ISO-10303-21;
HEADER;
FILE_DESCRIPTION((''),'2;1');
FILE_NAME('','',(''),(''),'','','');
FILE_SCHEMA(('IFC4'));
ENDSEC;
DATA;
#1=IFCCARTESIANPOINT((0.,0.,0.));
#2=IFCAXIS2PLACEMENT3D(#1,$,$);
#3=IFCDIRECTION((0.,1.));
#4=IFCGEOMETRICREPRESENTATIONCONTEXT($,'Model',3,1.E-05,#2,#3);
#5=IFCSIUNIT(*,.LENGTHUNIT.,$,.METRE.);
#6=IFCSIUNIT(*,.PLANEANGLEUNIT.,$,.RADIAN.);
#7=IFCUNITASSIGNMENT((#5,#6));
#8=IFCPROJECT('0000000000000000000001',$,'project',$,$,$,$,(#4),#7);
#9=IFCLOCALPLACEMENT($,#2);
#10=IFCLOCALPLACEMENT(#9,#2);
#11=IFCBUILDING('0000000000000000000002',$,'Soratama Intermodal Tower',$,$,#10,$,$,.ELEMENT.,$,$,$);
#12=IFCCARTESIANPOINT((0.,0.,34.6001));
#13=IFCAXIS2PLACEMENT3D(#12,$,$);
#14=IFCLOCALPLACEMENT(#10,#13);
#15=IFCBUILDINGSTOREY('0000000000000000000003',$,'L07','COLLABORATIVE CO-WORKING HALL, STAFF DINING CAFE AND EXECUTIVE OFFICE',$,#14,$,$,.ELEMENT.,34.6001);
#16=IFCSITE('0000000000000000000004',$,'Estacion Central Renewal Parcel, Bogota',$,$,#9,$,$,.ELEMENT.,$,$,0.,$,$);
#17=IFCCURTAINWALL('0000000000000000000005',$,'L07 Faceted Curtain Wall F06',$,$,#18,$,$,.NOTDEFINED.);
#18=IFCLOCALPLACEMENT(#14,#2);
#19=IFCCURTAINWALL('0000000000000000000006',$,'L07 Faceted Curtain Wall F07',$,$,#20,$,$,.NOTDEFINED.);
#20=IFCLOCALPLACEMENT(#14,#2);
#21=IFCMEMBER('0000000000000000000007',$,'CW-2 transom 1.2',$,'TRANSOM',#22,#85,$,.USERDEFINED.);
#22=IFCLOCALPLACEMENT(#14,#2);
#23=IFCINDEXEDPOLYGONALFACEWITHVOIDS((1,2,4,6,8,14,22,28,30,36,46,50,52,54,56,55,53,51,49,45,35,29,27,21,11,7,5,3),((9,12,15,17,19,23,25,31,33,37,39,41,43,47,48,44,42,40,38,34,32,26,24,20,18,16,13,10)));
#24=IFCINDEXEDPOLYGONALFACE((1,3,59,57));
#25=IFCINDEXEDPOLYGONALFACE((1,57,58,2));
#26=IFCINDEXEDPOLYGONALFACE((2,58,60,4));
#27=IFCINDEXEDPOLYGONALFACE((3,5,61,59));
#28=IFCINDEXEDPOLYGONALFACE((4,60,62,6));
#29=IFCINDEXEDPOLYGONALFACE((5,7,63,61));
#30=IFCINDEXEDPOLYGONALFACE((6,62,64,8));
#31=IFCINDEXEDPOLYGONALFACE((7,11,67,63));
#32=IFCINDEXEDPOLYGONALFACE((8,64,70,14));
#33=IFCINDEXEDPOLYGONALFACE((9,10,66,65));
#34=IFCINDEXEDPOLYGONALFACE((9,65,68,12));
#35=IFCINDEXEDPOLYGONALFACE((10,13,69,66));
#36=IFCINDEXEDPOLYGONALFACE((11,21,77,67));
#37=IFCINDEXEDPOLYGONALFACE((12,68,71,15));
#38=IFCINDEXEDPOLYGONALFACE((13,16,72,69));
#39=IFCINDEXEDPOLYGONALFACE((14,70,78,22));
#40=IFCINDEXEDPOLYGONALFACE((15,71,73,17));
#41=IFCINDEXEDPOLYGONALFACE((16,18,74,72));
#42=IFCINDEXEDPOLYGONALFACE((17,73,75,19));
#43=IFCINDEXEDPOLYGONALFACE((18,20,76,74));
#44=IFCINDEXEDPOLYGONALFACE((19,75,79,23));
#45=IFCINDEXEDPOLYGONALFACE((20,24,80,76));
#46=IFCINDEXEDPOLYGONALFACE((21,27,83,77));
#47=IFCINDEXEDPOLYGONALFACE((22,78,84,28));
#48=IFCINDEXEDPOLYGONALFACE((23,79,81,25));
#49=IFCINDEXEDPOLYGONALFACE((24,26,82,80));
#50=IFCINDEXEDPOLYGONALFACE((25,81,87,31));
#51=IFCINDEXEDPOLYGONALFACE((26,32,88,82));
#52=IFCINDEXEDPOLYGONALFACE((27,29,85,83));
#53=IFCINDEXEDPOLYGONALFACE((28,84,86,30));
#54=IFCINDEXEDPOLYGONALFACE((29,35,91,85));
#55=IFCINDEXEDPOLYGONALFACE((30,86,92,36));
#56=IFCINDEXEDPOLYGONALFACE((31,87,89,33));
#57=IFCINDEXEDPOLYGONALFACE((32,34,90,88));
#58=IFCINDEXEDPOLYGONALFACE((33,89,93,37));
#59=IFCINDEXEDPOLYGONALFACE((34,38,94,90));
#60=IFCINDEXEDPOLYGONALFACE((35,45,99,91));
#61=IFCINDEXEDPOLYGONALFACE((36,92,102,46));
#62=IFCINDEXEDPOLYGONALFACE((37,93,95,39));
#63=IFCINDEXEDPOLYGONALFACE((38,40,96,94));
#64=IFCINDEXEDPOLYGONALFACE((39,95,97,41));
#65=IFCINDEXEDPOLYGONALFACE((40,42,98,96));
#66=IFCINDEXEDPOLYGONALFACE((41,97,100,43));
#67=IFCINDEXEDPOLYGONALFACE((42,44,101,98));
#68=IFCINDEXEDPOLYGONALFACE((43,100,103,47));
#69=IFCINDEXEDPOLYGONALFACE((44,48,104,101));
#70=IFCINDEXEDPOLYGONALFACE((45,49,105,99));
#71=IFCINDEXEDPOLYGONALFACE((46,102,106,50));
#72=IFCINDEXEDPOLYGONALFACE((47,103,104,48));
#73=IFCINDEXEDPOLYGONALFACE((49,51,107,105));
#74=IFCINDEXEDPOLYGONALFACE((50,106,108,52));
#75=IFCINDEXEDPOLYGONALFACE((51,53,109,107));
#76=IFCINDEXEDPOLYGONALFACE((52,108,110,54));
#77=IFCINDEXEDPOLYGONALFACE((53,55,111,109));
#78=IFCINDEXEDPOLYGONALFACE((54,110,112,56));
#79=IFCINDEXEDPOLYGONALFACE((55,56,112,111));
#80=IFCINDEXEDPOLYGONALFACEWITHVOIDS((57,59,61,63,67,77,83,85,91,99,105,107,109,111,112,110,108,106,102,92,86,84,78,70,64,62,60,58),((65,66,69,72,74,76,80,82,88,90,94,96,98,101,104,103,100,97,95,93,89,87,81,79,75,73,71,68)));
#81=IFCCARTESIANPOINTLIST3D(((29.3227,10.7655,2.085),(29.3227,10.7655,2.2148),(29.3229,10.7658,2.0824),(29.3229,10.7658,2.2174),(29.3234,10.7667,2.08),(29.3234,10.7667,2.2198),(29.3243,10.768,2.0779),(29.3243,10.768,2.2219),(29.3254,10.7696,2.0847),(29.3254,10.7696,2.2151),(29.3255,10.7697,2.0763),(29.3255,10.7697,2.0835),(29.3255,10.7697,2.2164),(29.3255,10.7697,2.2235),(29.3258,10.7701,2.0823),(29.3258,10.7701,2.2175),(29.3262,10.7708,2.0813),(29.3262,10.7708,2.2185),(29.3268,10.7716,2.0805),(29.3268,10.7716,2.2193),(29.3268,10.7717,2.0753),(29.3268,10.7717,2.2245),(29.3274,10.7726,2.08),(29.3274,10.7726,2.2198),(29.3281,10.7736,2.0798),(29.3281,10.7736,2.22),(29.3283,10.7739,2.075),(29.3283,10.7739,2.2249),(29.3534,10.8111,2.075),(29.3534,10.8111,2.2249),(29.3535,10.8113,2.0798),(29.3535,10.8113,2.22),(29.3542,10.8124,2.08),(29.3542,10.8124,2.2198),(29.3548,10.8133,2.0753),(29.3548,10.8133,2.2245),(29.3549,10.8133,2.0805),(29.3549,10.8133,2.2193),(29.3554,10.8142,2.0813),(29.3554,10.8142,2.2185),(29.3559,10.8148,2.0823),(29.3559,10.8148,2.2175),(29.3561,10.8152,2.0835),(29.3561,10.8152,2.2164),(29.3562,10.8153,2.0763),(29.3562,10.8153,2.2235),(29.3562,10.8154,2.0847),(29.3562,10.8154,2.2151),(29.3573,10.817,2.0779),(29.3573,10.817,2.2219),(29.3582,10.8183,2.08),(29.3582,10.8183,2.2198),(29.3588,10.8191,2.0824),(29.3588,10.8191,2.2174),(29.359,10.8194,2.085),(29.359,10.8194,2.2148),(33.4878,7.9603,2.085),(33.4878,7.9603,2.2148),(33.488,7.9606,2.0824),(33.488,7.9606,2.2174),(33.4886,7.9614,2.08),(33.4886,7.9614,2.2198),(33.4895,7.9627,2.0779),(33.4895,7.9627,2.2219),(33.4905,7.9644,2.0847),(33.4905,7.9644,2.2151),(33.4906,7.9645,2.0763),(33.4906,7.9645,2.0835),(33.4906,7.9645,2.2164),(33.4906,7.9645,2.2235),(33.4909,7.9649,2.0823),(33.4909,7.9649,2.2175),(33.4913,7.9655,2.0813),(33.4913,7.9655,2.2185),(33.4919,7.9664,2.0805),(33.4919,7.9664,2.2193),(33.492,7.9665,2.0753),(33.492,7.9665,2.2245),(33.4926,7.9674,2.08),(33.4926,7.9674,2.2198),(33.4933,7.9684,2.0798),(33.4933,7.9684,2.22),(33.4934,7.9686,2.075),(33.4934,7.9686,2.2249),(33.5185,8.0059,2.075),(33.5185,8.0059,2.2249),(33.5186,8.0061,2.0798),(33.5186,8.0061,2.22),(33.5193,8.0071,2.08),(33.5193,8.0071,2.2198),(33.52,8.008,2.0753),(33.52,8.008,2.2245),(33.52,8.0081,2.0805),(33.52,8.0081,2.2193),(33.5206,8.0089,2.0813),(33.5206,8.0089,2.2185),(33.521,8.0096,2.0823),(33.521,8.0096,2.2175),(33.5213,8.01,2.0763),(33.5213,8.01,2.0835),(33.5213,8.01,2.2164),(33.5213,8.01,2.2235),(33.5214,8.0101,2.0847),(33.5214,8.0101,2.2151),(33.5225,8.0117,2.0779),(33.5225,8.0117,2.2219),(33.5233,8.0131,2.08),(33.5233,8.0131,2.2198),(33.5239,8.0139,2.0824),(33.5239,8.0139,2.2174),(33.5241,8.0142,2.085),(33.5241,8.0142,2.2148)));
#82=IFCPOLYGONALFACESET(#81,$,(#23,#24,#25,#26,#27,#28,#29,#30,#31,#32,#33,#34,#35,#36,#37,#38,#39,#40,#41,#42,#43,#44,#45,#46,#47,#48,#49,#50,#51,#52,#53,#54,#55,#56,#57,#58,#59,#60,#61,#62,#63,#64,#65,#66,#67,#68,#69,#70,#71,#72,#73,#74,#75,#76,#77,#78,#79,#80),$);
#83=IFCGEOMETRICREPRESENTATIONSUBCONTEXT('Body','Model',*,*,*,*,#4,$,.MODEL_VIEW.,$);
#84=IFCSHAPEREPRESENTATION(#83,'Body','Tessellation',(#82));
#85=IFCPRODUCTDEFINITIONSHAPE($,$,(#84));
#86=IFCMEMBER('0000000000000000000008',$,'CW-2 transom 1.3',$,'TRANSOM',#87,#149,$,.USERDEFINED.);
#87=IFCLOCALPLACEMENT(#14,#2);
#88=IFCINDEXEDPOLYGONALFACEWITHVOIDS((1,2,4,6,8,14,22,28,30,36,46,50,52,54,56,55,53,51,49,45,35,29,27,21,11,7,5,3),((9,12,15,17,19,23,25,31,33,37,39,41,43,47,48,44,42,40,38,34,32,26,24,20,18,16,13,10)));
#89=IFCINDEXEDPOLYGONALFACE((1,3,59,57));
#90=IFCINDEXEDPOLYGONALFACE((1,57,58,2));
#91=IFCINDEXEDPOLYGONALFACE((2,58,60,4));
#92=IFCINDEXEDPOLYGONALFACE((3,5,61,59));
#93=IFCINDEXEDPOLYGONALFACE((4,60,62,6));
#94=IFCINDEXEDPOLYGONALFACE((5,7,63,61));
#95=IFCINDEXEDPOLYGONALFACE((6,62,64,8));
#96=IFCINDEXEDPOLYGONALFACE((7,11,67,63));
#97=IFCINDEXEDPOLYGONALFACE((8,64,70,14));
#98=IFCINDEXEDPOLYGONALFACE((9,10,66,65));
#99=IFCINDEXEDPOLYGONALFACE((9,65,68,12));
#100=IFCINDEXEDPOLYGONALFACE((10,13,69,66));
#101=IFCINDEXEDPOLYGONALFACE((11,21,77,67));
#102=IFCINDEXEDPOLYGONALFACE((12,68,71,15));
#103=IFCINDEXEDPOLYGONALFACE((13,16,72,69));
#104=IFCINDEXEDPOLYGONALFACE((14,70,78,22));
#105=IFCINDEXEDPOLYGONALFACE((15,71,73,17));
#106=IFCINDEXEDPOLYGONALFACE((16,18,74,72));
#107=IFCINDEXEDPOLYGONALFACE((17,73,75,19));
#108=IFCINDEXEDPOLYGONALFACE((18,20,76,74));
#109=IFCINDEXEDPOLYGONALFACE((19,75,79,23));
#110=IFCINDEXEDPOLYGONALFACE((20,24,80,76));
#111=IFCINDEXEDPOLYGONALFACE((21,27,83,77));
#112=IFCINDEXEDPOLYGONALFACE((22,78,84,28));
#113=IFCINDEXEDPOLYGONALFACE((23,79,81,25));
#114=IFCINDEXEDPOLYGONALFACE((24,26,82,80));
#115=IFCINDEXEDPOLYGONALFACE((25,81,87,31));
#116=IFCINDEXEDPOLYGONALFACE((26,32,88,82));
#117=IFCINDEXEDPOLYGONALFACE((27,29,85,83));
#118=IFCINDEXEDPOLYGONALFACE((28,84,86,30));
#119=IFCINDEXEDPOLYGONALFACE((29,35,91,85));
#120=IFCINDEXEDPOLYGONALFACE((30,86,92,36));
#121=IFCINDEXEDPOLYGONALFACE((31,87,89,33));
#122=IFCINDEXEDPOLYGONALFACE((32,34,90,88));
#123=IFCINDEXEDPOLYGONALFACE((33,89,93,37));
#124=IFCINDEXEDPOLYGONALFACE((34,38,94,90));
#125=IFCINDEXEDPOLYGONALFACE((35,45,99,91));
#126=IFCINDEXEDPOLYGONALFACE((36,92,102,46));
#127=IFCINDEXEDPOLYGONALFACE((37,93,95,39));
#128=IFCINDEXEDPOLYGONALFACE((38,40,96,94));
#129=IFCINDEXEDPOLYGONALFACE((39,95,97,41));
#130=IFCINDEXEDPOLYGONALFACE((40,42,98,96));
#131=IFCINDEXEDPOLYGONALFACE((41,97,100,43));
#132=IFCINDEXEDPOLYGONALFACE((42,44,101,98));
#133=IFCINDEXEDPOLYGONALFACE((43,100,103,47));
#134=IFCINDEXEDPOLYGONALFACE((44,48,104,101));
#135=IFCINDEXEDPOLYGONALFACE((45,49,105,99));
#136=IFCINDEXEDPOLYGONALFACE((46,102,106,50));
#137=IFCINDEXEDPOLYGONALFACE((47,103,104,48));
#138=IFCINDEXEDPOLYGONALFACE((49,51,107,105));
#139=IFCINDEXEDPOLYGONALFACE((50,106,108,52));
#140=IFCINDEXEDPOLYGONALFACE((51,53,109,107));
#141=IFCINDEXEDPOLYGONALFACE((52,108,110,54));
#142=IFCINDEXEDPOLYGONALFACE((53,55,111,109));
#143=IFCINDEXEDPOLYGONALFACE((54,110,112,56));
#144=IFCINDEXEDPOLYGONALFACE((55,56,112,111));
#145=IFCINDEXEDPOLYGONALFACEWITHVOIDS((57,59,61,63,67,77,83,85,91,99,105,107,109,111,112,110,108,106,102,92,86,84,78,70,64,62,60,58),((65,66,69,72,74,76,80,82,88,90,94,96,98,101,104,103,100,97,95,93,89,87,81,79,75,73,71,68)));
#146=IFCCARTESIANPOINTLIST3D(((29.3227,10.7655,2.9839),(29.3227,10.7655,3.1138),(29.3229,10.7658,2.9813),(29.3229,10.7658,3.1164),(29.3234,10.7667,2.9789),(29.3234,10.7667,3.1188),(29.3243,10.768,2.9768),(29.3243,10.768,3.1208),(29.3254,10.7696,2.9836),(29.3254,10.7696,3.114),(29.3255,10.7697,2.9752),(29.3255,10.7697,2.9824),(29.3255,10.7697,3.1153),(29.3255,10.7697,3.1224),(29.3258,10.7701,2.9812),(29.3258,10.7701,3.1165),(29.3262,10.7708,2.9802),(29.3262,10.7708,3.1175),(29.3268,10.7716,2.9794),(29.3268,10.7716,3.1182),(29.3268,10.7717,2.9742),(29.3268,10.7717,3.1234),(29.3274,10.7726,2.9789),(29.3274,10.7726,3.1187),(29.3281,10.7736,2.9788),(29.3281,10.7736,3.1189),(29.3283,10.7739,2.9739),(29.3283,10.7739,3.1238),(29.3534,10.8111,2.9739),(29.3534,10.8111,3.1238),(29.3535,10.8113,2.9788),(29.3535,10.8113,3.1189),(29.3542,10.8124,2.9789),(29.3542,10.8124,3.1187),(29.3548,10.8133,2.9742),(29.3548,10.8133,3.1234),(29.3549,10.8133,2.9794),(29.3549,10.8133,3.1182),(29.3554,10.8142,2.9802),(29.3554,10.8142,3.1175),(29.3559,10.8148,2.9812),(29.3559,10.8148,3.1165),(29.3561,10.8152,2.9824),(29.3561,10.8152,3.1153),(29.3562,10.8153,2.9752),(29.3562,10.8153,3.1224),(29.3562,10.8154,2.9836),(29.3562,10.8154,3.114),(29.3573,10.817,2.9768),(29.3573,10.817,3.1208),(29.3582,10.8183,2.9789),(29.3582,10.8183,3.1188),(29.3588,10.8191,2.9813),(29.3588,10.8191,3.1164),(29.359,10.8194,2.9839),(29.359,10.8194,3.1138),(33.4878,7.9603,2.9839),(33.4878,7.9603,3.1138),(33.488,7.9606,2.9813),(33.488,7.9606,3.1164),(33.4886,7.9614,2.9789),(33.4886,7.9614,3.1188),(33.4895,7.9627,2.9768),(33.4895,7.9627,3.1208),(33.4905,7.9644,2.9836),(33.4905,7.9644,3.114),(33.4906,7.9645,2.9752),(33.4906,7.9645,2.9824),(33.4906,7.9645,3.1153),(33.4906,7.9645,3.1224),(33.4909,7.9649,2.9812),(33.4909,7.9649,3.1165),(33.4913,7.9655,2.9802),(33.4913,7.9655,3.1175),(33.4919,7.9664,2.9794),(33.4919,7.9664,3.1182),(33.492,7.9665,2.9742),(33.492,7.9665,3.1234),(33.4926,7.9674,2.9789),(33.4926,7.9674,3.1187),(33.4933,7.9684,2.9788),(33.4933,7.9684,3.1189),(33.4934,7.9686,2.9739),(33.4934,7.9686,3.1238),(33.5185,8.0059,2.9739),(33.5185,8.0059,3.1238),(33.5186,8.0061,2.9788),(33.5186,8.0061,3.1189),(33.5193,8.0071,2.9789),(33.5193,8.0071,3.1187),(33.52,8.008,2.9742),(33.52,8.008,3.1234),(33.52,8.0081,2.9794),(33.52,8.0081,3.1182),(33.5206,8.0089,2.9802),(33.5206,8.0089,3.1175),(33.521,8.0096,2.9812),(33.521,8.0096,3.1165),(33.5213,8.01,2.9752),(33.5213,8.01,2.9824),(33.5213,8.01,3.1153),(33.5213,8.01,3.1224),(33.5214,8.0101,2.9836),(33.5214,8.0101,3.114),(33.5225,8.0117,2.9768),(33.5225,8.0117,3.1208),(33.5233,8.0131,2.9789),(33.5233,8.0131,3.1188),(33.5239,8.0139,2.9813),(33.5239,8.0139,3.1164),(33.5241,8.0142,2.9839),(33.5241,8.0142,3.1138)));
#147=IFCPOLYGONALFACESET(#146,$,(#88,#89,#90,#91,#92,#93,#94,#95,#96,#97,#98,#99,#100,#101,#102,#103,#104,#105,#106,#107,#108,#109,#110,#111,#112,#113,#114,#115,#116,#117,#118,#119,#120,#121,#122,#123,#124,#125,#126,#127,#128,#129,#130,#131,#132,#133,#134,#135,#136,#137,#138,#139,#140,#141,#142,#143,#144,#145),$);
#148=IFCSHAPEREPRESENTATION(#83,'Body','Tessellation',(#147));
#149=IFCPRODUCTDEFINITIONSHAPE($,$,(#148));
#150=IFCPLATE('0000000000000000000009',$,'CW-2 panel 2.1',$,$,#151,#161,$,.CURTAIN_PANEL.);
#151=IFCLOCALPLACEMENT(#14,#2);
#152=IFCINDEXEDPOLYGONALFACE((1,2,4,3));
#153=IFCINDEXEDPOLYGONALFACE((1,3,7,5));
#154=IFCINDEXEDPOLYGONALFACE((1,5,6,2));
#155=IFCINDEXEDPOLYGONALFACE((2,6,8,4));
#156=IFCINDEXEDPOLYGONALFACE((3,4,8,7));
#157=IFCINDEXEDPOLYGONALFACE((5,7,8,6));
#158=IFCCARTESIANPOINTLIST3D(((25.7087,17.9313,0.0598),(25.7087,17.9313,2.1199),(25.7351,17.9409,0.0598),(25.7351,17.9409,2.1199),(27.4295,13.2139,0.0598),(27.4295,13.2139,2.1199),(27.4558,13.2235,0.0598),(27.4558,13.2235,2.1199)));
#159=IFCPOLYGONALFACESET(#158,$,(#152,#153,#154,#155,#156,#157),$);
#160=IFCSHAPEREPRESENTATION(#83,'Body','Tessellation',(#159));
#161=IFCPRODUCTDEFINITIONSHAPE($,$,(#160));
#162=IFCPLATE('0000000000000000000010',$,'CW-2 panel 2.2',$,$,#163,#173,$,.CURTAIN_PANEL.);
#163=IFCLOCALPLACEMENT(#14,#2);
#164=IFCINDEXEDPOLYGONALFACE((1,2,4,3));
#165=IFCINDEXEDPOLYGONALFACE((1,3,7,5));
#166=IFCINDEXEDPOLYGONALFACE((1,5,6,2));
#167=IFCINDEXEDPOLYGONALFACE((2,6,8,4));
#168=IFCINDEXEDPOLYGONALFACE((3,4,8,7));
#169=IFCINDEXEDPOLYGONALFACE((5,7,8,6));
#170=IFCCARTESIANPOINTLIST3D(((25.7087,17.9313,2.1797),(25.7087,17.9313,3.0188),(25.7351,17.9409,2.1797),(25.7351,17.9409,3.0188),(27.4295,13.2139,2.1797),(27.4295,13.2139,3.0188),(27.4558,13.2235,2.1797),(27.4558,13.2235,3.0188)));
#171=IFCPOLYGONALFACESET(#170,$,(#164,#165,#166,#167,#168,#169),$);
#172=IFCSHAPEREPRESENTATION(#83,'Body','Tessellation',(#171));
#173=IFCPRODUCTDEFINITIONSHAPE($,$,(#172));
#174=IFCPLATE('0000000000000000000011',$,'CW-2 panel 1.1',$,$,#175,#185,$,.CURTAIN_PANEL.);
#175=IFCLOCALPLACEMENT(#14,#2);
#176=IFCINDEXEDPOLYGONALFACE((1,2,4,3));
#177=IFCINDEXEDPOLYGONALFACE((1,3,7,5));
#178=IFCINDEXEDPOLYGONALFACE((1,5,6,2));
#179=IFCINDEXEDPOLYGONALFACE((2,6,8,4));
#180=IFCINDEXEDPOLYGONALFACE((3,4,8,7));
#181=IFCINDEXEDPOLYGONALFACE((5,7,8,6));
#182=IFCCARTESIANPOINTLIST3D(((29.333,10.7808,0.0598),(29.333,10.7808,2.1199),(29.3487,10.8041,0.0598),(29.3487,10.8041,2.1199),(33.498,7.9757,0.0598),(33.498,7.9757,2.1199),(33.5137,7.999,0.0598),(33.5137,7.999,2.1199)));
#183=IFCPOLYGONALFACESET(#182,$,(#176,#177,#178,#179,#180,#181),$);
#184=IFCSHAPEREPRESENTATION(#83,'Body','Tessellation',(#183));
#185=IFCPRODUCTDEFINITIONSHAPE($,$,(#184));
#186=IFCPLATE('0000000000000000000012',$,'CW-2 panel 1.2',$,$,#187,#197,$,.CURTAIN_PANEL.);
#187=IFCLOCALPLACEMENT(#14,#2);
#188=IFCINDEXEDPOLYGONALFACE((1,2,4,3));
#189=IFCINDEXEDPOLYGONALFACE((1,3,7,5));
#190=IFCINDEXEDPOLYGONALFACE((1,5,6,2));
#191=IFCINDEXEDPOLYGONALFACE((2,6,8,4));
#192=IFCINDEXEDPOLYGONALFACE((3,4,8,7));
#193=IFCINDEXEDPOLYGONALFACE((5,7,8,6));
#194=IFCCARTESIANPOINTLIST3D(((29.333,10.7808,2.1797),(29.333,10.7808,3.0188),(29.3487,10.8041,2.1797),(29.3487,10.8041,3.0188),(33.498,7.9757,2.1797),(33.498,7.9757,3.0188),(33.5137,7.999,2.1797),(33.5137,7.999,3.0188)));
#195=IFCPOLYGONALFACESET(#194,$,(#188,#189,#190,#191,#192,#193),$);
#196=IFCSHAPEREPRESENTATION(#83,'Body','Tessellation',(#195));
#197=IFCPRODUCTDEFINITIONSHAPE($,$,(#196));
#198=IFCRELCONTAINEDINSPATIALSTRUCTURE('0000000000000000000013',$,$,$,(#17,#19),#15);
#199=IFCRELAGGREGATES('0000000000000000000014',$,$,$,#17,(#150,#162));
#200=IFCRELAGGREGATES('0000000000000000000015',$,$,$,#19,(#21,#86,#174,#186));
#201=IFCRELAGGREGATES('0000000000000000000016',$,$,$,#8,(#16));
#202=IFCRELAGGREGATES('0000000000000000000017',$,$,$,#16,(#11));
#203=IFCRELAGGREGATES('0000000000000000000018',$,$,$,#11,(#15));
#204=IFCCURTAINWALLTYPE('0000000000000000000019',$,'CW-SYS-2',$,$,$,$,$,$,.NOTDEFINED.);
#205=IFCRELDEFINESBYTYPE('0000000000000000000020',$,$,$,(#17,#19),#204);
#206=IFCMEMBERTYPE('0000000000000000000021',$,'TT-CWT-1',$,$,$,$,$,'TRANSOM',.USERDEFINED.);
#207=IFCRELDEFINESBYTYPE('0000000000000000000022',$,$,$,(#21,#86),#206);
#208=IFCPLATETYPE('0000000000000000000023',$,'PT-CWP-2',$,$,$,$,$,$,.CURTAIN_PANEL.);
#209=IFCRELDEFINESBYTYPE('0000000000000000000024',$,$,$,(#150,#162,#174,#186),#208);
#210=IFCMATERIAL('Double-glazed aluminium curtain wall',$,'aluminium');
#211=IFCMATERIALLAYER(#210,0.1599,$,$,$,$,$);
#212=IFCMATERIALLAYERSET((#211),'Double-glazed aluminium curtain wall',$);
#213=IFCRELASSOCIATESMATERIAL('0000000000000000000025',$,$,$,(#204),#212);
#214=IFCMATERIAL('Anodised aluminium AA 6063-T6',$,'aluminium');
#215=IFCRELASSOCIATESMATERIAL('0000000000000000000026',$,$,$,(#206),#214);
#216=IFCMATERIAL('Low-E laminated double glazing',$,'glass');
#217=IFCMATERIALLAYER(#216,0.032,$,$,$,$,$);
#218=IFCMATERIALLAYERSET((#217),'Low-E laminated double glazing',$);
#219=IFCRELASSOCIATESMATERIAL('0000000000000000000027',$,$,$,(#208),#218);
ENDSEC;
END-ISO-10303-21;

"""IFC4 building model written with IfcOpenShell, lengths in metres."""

from ifc_helpers import new_model, si_unit, direction, frame, origin, origin_2d, place, context, subcontext, project, spatial, rectangle, hollow_rectangle, extrude, material, layer, layer_set, material_profile, profile_set, type_object, element, aggregate, save


model = new_model("IFC4")

# Units and contexts
model_context = context("Model", 3, precision=1e-05, world=origin(), true_north=direction((0.0, 1.0)))
body_context = subcontext(model_context, "Body", "Model", "MODEL_VIEW")
ifc_project = project(units=[si_unit("LENGTHUNIT", "METRE"), si_unit("PLANEANGLEUNIT", "RADIAN")], contexts=[model_context])

# Site, building, storey
site_placement = place(None, origin())
site = spatial("IfcSite", under=ifc_project, at=site_placement, Name="Estacion Central Renewal Parcel, Bogota", CompositionType="ELEMENT", RefElevation=0.0)
building_placement = place(site_placement, origin())
building = spatial("IfcBuilding", under=site, at=building_placement, Name="Soratama Intermodal Tower", CompositionType="ELEMENT")
storey_placement = place(building_placement, frame((0.0, 0.0, 34.6001)))
storey = spatial("IfcBuildingStorey", under=building, at=storey_placement, Name="L07", Description="COLLABORATIVE CO-WORKING HALL, STAFF DINING CAFE AND EXECUTIVE OFFICE", CompositionType="ELEMENT", Elevation=34.6001)

# Curtain walls
ifc_material_1 = material(Name="Double-glazed aluminium curtain wall", Category="aluminium")
ifc_layer_1 = layer(ifc_material_1, 0.1599)
ifc_layer_set_1 = layer_set([ifc_layer_1], Name="Double-glazed aluminium curtain wall")
curtain_wall_type = type_object("IfcCurtainWallType", Name="CW-SYS-2", PredefinedType="NOTDEFINED", material=ifc_layer_set_1)
curtain_wall_1_placement = place(storey_placement, origin())
curtain_wall_1 = element("IfcCurtainWall", 1, at=curtain_wall_1_placement, inside=storey, type_object=curtain_wall_type, Name="L07 Faceted Curtain Wall F06", PredefinedType="NOTDEFINED")
curtain_wall_2_placement = place(storey_placement, origin())
curtain_wall_2 = element("IfcCurtainWall", 2, at=curtain_wall_2_placement, inside=storey, type_object=curtain_wall_type, Name="L07 Faceted Curtain Wall F07", PredefinedType="NOTDEFINED")

# Members
ifc_material_2 = material(Name="Anodised aluminium AA 6063-T6", Category="aluminium")
ifc_material_profile_1 = material_profile(ifc_material_2, hollow_rectangle(XDim=0.0649, YDim=0.1499, WallThickness=0.0049, InnerFilletRadius=0.0049, OuterFilletRadius=0.01, at=origin_2d()), Name="CWT150X65X5")
ifc_profile_set_1 = profile_set([ifc_material_profile_1], Name="Anodised aluminium AA 6063-T6")
member_type_1 = type_object("IfcMemberType", Name="TT-CWT-1", ElementType="TRANSOM", PredefinedType="USERDEFINED", material=ifc_profile_set_1)
member_1_placement = place(storey_placement, frame((29.3408, 10.7925, 2.1499), z_axis=(0.829423, -0.558621, 0.0), x_axis=(0.558621, 0.829423, 0.0)))
member_1 = element("IfcMember", 3, at=member_1_placement, type_object=member_type_1, Name="CW-2 transom 1.2", ObjectType="TRANSOM", PredefinedType="USERDEFINED", context=body_context, shape_type="SweptSolid", body=[
    extrude(hollow_rectangle(XDim=0.0649, YDim=0.1499, WallThickness=0.0049, InnerFilletRadius=0.0049, OuterFilletRadius=0.01, at=origin_2d()), origin(), (0.0, 0.0, 1.0), 5.0217),
])
member_2_placement = place(storey_placement, frame((29.3408, 10.7925, 3.0488), z_axis=(0.829423, -0.558621, 0.0), x_axis=(0.558621, 0.829423, 0.0)))
member_2 = element("IfcMember", 4, at=member_2_placement, type_object=member_type_1, Name="CW-2 transom 1.3", ObjectType="TRANSOM", PredefinedType="USERDEFINED", context=body_context, shape_type="SweptSolid", body=[
    extrude(hollow_rectangle(XDim=0.0649, YDim=0.1499, WallThickness=0.0049, InnerFilletRadius=0.0049, OuterFilletRadius=0.01, at=origin_2d()), origin(), (0.0, 0.0, 1.0), 5.0217),
])

# Plates
ifc_material_3 = material(Name="Low-E laminated double glazing", Category="glass")
ifc_layer_2 = layer(ifc_material_3, 0.032)
ifc_layer_set_2 = layer_set([ifc_layer_2], Name="Low-E laminated double glazing")
plate_type = type_object("IfcPlateType", Name="PT-CWP-2", PredefinedType="CURTAIN_PANEL", material=ifc_layer_set_2)
plate_1_placement = place(storey_placement, frame((26.5823, 15.5774, 0.0598), z_axis=(0.0, 0.0, 1.0), x_axis=(0.342679, -0.939453, 0.0)))
plate_1 = element("IfcPlate", 5, at=plate_1_placement, type_object=plate_type, Name="CW-2 panel 2.1", PredefinedType="CURTAIN_PANEL", context=body_context, shape_type="SweptSolid", body=[
    extrude(rectangle(XDim=5.0215, YDim=0.0281, at=origin_2d()), origin(), (0.0, 0.0, 1.0), 2.0601),
])
plate_2_placement = place(storey_placement, frame((26.5823, 15.5774, 2.1797), z_axis=(0.0, 0.0, 1.0), x_axis=(0.342679, -0.939453, 0.0)))
plate_2 = element("IfcPlate", 6, at=plate_2_placement, type_object=plate_type, Name="CW-2 panel 2.2", PredefinedType="CURTAIN_PANEL", context=body_context, shape_type="SweptSolid", body=[
    extrude(rectangle(XDim=5.0215, YDim=0.0281, at=origin_2d()), origin(), (0.0, 0.0, 1.0), 0.8391),
])
aggregate(curtain_wall_1, [plate_1, plate_2])
plate_3_placement = place(storey_placement, frame((31.4233, 9.3899, 0.0598), z_axis=(0.0, 0.0, 1.0), x_axis=(0.82943, -0.558611, 0.0)))
plate_3 = element("IfcPlate", 7, at=plate_3_placement, type_object=plate_type, Name="CW-2 panel 1.1", PredefinedType="CURTAIN_PANEL", context=body_context, shape_type="SweptSolid", body=[
    extrude(rectangle(XDim=5.0215, YDim=0.0281, at=origin_2d()), origin(), (0.0, 0.0, 1.0), 2.0601),
])
plate_4_placement = place(storey_placement, frame((31.4233, 9.3899, 2.1797), z_axis=(0.0, 0.0, 1.0), x_axis=(0.82943, -0.558611, 0.0)))
plate_4 = element("IfcPlate", 8, at=plate_4_placement, type_object=plate_type, Name="CW-2 panel 1.2", PredefinedType="CURTAIN_PANEL", context=body_context, shape_type="SweptSolid", body=[
    extrude(rectangle(XDim=5.0215, YDim=0.0281, at=origin_2d()), origin(), (0.0, 0.0, 1.0), 0.8391),
])
aggregate(curtain_wall_2, [member_1, member_2, plate_3, plate_4])

save(model, "model.ifc")
